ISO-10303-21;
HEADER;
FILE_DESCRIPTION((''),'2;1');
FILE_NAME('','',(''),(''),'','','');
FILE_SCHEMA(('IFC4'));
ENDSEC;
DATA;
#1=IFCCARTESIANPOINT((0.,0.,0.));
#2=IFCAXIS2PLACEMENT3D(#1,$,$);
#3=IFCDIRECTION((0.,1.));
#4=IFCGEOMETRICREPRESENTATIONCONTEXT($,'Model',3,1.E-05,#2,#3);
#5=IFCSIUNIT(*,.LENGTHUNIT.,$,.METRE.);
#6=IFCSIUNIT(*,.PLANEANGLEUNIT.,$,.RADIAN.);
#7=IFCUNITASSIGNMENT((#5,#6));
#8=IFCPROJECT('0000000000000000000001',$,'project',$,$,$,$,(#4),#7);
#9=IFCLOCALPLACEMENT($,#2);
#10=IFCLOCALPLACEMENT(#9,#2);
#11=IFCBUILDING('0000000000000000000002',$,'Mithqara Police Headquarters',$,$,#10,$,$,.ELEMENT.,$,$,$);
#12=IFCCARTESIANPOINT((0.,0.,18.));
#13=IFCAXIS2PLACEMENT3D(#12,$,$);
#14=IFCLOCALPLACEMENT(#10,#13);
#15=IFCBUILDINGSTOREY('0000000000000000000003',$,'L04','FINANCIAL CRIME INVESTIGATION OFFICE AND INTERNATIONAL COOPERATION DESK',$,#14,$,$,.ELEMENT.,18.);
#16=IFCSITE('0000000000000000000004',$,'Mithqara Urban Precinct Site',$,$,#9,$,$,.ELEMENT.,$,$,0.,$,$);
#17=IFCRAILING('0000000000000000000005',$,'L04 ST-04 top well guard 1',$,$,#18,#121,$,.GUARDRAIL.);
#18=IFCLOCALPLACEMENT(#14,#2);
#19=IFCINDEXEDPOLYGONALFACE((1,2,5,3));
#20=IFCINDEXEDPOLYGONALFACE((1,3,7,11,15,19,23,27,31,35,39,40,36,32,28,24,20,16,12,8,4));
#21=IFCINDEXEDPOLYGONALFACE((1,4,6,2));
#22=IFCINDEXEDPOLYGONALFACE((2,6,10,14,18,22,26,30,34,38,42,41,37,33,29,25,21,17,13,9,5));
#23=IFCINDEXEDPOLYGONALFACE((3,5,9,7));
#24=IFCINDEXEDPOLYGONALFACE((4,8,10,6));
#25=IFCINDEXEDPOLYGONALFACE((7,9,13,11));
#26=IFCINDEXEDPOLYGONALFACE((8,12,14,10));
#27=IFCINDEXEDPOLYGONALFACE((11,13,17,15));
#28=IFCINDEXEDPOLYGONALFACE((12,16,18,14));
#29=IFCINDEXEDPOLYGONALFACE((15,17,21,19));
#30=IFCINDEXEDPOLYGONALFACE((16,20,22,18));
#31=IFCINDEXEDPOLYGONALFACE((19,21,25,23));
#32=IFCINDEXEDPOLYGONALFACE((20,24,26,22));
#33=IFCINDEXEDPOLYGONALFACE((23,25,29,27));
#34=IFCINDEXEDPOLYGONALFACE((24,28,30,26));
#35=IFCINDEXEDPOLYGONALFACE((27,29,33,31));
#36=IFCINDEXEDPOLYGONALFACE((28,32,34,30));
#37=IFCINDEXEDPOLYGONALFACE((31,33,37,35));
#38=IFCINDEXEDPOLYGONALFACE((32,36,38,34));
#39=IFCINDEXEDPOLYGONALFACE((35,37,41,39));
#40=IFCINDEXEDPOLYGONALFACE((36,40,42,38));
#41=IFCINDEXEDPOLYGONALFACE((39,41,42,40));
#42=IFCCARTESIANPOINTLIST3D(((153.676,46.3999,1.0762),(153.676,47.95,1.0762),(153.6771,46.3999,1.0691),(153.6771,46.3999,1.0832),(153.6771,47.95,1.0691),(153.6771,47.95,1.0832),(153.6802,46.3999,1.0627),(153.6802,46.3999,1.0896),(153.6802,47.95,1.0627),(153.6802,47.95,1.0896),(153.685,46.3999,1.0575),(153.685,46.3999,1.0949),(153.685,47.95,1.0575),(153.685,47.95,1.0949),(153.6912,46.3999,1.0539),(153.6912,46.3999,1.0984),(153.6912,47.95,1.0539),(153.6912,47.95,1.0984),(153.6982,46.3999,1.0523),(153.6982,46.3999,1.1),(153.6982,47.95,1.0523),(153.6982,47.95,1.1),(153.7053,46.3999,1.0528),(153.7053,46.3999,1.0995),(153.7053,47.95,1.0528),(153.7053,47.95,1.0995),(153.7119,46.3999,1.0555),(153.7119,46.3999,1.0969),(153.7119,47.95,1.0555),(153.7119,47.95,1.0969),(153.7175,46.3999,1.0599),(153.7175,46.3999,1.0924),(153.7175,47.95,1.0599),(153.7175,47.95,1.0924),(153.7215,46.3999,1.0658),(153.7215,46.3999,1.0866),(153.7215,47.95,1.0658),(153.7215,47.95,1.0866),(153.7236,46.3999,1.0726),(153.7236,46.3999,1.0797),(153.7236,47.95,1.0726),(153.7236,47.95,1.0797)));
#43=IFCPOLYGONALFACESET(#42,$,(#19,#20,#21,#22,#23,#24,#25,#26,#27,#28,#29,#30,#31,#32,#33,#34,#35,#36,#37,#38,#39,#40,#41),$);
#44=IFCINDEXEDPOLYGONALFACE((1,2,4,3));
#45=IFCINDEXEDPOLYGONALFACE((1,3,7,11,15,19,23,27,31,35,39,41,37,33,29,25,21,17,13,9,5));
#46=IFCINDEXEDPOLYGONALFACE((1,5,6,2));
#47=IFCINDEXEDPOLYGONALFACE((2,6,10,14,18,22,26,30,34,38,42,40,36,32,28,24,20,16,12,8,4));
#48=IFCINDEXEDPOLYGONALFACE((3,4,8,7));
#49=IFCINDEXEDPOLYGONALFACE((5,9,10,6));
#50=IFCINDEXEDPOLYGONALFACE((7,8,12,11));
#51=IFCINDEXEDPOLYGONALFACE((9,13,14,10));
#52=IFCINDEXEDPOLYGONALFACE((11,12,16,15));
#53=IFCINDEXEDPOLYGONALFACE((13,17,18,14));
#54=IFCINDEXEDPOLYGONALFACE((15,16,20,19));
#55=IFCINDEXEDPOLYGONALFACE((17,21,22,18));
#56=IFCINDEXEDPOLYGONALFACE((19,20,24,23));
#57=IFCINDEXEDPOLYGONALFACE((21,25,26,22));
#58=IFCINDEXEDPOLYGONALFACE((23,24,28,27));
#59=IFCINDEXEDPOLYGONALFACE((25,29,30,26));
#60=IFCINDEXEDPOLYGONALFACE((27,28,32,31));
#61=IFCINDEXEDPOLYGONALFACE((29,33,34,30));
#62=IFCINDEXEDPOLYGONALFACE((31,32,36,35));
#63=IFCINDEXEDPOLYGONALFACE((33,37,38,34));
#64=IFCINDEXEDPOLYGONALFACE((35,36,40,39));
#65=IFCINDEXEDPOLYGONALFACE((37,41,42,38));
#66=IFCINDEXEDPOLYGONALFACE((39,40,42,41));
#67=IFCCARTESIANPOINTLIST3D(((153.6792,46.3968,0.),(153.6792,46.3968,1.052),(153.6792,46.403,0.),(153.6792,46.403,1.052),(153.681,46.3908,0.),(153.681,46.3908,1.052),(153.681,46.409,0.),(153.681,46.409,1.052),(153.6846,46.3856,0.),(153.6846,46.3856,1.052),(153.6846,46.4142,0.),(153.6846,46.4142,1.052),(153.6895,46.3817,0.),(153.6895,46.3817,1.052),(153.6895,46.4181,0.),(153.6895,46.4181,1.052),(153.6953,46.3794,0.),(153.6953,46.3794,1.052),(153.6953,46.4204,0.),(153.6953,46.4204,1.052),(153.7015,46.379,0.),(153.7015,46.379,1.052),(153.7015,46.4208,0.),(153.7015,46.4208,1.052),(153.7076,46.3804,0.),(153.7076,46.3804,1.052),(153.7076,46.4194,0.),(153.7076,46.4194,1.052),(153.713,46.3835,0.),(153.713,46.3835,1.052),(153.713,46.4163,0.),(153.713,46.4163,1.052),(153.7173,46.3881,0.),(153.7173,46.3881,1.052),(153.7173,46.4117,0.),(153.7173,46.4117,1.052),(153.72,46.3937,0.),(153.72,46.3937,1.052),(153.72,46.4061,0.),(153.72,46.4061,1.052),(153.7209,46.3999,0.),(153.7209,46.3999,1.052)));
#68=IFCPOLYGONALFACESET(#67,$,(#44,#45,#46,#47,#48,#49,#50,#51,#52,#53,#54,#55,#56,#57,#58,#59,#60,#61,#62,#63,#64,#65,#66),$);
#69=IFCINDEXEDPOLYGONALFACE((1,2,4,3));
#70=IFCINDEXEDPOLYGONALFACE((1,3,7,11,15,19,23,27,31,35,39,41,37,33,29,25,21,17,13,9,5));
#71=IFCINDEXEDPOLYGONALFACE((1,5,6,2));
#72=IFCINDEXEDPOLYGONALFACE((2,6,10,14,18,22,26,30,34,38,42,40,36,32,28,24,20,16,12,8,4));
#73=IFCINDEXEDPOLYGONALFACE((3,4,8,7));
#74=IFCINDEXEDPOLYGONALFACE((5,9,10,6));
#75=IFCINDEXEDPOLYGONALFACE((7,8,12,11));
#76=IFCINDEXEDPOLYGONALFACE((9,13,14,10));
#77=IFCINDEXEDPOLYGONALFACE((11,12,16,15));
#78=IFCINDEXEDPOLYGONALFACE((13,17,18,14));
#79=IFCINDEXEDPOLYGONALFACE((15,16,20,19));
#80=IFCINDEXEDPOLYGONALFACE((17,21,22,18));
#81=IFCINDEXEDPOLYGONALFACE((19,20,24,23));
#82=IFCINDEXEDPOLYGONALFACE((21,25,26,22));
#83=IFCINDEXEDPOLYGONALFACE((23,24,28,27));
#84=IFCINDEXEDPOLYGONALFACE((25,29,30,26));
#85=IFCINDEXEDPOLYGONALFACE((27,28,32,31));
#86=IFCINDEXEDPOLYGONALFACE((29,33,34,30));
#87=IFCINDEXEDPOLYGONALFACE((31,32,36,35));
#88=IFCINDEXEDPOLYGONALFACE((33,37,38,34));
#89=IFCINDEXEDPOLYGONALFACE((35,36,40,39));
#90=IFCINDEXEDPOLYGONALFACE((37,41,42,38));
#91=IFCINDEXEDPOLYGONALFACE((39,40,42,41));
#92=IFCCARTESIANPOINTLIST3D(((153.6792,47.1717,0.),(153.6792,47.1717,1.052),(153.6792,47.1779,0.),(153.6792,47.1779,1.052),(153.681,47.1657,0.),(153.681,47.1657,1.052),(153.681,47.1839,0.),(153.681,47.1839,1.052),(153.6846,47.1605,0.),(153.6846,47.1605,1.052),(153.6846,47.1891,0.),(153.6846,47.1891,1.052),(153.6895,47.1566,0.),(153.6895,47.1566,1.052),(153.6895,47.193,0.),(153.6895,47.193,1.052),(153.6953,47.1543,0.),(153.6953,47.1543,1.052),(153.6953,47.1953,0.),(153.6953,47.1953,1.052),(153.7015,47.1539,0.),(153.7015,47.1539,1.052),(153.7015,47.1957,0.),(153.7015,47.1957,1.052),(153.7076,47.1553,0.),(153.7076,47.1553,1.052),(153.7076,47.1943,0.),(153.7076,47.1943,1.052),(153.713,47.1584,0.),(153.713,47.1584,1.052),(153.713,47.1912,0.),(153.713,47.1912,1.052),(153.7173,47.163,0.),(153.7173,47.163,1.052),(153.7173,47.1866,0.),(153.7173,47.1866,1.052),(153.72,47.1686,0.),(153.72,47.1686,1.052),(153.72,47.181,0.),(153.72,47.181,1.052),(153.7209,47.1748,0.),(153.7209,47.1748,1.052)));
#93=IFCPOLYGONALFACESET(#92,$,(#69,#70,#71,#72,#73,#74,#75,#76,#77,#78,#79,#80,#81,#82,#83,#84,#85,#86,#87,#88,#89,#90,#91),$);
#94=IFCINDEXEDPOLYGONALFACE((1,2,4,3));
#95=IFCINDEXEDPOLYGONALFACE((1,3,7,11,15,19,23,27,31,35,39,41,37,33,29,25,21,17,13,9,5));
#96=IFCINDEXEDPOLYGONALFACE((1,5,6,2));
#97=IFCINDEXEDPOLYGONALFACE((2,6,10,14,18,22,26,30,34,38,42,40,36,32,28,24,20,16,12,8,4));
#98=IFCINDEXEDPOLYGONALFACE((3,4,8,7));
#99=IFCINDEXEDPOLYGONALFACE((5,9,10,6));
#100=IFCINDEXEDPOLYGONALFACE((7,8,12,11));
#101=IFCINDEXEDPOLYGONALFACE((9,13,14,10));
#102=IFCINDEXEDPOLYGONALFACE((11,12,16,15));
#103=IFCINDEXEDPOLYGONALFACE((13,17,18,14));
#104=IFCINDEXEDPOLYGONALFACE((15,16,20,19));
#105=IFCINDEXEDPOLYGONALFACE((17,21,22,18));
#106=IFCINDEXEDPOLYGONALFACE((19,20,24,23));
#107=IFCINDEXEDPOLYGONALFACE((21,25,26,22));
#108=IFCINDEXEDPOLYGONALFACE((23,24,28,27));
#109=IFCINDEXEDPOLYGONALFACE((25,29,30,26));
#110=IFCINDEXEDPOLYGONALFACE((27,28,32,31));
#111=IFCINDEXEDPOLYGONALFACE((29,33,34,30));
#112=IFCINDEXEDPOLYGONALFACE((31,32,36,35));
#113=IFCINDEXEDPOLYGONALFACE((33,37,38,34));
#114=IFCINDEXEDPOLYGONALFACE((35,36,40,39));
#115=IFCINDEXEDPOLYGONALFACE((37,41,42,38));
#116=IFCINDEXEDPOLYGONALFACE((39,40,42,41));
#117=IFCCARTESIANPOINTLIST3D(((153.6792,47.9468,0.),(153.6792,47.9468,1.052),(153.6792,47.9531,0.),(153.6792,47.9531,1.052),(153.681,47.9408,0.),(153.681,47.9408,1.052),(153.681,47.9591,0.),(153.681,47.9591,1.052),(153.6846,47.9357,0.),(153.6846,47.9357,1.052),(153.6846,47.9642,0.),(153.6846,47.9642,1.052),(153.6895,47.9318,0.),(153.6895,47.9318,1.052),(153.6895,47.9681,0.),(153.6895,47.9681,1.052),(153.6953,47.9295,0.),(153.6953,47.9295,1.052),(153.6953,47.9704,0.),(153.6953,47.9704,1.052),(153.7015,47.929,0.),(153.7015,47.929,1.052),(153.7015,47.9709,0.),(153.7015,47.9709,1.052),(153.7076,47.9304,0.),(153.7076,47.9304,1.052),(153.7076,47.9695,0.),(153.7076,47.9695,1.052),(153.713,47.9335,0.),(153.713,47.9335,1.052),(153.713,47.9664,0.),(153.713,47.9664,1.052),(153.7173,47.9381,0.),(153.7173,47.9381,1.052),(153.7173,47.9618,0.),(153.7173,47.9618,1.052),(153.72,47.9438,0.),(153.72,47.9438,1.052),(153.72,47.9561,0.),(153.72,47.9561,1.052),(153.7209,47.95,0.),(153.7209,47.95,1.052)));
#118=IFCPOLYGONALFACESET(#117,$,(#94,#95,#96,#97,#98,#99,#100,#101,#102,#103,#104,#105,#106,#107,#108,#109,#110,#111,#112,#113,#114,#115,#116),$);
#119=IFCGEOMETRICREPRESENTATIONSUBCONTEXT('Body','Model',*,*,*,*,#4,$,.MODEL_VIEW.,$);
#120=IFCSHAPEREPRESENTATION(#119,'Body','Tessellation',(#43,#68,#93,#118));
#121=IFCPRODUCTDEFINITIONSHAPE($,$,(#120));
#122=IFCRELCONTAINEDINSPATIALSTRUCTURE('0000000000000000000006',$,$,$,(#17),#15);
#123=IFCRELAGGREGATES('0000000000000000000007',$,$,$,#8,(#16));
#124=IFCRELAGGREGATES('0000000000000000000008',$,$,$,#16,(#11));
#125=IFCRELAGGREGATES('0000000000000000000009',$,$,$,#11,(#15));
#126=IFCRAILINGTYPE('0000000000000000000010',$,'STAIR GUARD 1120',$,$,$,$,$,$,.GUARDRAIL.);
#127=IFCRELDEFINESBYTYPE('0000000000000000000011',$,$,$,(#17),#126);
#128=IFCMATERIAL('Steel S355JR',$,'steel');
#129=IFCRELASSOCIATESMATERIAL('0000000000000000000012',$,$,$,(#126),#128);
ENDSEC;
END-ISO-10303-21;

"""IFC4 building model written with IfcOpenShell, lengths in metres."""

from ifc_helpers import new_model, si_unit, direction, frame, origin, origin_2d, place, context, subcontext, project, spatial, circle, extrude, material, type_object, element, save


model = new_model("IFC4")

# Units and contexts
model_context = context("Model", 3, precision=1e-05, world=origin(), true_north=direction((0.0, 1.0)))
body_context = subcontext(model_context, "Body", "Model", "MODEL_VIEW")
ifc_project = project(units=[si_unit("LENGTHUNIT", "METRE"), si_unit("PLANEANGLEUNIT", "RADIAN")], contexts=[model_context])

# Site, building, storey
site_placement = place(None, origin())
site = spatial("IfcSite", under=ifc_project, at=site_placement, Name="Mithqara Urban Precinct Site", CompositionType="ELEMENT", RefElevation=0.0)
building_placement = place(site_placement, origin())
building = spatial("IfcBuilding", under=site, at=building_placement, Name="Mithqara Police Headquarters", CompositionType="ELEMENT")
storey_placement = place(building_placement, frame((0.0, 0.0, 18.0)))
storey = spatial("IfcBuildingStorey", under=building, at=storey_placement, Name="L04", Description="FINANCIAL CRIME INVESTIGATION OFFICE AND INTERNATIONAL COOPERATION DESK", CompositionType="ELEMENT", Elevation=18.0)

# Shared definitions
ifc_material_1 = material(Name="Steel S355JR", Category="steel")

# Railing
railing_type = type_object("IfcRailingType", Name="STAIR GUARD 1120", PredefinedType="GUARDRAIL", material=ifc_material_1)
railing_placement = place(storey_placement, frame((153.7, 46.3999, 0.0)))
element("IfcRailing", 1, at=railing_placement, inside=storey, type_object=railing_type, Name="L04 ST-04 top well guard 1", PredefinedType="GUARDRAIL", context=body_context, shape_type="SweptSolid", body=[
    extrude(circle(Radius=0.0239, at=origin_2d()), frame((0.0, 0.0, 1.0762), z_axis=(0.0, 1.0, 0.0), x_axis=(-1.0, 0.0, 0.0)), (0.0, 0.0, 1.0), 1.55),
    extrude(circle(Radius=0.021, at=origin_2d()), origin(), (0.0, 0.0, 1.0), 1.052),
    extrude(circle(Radius=0.021, at=origin_2d()), frame((0.0, 0.7749, 0.0)), (0.0, 0.0, 1.0), 1.052),
    extrude(circle(Radius=0.021, at=origin_2d()), frame((0.0, 1.55, 0.0)), (0.0, 0.0, 1.0), 1.052),
])

save(model, "model.ifc")
